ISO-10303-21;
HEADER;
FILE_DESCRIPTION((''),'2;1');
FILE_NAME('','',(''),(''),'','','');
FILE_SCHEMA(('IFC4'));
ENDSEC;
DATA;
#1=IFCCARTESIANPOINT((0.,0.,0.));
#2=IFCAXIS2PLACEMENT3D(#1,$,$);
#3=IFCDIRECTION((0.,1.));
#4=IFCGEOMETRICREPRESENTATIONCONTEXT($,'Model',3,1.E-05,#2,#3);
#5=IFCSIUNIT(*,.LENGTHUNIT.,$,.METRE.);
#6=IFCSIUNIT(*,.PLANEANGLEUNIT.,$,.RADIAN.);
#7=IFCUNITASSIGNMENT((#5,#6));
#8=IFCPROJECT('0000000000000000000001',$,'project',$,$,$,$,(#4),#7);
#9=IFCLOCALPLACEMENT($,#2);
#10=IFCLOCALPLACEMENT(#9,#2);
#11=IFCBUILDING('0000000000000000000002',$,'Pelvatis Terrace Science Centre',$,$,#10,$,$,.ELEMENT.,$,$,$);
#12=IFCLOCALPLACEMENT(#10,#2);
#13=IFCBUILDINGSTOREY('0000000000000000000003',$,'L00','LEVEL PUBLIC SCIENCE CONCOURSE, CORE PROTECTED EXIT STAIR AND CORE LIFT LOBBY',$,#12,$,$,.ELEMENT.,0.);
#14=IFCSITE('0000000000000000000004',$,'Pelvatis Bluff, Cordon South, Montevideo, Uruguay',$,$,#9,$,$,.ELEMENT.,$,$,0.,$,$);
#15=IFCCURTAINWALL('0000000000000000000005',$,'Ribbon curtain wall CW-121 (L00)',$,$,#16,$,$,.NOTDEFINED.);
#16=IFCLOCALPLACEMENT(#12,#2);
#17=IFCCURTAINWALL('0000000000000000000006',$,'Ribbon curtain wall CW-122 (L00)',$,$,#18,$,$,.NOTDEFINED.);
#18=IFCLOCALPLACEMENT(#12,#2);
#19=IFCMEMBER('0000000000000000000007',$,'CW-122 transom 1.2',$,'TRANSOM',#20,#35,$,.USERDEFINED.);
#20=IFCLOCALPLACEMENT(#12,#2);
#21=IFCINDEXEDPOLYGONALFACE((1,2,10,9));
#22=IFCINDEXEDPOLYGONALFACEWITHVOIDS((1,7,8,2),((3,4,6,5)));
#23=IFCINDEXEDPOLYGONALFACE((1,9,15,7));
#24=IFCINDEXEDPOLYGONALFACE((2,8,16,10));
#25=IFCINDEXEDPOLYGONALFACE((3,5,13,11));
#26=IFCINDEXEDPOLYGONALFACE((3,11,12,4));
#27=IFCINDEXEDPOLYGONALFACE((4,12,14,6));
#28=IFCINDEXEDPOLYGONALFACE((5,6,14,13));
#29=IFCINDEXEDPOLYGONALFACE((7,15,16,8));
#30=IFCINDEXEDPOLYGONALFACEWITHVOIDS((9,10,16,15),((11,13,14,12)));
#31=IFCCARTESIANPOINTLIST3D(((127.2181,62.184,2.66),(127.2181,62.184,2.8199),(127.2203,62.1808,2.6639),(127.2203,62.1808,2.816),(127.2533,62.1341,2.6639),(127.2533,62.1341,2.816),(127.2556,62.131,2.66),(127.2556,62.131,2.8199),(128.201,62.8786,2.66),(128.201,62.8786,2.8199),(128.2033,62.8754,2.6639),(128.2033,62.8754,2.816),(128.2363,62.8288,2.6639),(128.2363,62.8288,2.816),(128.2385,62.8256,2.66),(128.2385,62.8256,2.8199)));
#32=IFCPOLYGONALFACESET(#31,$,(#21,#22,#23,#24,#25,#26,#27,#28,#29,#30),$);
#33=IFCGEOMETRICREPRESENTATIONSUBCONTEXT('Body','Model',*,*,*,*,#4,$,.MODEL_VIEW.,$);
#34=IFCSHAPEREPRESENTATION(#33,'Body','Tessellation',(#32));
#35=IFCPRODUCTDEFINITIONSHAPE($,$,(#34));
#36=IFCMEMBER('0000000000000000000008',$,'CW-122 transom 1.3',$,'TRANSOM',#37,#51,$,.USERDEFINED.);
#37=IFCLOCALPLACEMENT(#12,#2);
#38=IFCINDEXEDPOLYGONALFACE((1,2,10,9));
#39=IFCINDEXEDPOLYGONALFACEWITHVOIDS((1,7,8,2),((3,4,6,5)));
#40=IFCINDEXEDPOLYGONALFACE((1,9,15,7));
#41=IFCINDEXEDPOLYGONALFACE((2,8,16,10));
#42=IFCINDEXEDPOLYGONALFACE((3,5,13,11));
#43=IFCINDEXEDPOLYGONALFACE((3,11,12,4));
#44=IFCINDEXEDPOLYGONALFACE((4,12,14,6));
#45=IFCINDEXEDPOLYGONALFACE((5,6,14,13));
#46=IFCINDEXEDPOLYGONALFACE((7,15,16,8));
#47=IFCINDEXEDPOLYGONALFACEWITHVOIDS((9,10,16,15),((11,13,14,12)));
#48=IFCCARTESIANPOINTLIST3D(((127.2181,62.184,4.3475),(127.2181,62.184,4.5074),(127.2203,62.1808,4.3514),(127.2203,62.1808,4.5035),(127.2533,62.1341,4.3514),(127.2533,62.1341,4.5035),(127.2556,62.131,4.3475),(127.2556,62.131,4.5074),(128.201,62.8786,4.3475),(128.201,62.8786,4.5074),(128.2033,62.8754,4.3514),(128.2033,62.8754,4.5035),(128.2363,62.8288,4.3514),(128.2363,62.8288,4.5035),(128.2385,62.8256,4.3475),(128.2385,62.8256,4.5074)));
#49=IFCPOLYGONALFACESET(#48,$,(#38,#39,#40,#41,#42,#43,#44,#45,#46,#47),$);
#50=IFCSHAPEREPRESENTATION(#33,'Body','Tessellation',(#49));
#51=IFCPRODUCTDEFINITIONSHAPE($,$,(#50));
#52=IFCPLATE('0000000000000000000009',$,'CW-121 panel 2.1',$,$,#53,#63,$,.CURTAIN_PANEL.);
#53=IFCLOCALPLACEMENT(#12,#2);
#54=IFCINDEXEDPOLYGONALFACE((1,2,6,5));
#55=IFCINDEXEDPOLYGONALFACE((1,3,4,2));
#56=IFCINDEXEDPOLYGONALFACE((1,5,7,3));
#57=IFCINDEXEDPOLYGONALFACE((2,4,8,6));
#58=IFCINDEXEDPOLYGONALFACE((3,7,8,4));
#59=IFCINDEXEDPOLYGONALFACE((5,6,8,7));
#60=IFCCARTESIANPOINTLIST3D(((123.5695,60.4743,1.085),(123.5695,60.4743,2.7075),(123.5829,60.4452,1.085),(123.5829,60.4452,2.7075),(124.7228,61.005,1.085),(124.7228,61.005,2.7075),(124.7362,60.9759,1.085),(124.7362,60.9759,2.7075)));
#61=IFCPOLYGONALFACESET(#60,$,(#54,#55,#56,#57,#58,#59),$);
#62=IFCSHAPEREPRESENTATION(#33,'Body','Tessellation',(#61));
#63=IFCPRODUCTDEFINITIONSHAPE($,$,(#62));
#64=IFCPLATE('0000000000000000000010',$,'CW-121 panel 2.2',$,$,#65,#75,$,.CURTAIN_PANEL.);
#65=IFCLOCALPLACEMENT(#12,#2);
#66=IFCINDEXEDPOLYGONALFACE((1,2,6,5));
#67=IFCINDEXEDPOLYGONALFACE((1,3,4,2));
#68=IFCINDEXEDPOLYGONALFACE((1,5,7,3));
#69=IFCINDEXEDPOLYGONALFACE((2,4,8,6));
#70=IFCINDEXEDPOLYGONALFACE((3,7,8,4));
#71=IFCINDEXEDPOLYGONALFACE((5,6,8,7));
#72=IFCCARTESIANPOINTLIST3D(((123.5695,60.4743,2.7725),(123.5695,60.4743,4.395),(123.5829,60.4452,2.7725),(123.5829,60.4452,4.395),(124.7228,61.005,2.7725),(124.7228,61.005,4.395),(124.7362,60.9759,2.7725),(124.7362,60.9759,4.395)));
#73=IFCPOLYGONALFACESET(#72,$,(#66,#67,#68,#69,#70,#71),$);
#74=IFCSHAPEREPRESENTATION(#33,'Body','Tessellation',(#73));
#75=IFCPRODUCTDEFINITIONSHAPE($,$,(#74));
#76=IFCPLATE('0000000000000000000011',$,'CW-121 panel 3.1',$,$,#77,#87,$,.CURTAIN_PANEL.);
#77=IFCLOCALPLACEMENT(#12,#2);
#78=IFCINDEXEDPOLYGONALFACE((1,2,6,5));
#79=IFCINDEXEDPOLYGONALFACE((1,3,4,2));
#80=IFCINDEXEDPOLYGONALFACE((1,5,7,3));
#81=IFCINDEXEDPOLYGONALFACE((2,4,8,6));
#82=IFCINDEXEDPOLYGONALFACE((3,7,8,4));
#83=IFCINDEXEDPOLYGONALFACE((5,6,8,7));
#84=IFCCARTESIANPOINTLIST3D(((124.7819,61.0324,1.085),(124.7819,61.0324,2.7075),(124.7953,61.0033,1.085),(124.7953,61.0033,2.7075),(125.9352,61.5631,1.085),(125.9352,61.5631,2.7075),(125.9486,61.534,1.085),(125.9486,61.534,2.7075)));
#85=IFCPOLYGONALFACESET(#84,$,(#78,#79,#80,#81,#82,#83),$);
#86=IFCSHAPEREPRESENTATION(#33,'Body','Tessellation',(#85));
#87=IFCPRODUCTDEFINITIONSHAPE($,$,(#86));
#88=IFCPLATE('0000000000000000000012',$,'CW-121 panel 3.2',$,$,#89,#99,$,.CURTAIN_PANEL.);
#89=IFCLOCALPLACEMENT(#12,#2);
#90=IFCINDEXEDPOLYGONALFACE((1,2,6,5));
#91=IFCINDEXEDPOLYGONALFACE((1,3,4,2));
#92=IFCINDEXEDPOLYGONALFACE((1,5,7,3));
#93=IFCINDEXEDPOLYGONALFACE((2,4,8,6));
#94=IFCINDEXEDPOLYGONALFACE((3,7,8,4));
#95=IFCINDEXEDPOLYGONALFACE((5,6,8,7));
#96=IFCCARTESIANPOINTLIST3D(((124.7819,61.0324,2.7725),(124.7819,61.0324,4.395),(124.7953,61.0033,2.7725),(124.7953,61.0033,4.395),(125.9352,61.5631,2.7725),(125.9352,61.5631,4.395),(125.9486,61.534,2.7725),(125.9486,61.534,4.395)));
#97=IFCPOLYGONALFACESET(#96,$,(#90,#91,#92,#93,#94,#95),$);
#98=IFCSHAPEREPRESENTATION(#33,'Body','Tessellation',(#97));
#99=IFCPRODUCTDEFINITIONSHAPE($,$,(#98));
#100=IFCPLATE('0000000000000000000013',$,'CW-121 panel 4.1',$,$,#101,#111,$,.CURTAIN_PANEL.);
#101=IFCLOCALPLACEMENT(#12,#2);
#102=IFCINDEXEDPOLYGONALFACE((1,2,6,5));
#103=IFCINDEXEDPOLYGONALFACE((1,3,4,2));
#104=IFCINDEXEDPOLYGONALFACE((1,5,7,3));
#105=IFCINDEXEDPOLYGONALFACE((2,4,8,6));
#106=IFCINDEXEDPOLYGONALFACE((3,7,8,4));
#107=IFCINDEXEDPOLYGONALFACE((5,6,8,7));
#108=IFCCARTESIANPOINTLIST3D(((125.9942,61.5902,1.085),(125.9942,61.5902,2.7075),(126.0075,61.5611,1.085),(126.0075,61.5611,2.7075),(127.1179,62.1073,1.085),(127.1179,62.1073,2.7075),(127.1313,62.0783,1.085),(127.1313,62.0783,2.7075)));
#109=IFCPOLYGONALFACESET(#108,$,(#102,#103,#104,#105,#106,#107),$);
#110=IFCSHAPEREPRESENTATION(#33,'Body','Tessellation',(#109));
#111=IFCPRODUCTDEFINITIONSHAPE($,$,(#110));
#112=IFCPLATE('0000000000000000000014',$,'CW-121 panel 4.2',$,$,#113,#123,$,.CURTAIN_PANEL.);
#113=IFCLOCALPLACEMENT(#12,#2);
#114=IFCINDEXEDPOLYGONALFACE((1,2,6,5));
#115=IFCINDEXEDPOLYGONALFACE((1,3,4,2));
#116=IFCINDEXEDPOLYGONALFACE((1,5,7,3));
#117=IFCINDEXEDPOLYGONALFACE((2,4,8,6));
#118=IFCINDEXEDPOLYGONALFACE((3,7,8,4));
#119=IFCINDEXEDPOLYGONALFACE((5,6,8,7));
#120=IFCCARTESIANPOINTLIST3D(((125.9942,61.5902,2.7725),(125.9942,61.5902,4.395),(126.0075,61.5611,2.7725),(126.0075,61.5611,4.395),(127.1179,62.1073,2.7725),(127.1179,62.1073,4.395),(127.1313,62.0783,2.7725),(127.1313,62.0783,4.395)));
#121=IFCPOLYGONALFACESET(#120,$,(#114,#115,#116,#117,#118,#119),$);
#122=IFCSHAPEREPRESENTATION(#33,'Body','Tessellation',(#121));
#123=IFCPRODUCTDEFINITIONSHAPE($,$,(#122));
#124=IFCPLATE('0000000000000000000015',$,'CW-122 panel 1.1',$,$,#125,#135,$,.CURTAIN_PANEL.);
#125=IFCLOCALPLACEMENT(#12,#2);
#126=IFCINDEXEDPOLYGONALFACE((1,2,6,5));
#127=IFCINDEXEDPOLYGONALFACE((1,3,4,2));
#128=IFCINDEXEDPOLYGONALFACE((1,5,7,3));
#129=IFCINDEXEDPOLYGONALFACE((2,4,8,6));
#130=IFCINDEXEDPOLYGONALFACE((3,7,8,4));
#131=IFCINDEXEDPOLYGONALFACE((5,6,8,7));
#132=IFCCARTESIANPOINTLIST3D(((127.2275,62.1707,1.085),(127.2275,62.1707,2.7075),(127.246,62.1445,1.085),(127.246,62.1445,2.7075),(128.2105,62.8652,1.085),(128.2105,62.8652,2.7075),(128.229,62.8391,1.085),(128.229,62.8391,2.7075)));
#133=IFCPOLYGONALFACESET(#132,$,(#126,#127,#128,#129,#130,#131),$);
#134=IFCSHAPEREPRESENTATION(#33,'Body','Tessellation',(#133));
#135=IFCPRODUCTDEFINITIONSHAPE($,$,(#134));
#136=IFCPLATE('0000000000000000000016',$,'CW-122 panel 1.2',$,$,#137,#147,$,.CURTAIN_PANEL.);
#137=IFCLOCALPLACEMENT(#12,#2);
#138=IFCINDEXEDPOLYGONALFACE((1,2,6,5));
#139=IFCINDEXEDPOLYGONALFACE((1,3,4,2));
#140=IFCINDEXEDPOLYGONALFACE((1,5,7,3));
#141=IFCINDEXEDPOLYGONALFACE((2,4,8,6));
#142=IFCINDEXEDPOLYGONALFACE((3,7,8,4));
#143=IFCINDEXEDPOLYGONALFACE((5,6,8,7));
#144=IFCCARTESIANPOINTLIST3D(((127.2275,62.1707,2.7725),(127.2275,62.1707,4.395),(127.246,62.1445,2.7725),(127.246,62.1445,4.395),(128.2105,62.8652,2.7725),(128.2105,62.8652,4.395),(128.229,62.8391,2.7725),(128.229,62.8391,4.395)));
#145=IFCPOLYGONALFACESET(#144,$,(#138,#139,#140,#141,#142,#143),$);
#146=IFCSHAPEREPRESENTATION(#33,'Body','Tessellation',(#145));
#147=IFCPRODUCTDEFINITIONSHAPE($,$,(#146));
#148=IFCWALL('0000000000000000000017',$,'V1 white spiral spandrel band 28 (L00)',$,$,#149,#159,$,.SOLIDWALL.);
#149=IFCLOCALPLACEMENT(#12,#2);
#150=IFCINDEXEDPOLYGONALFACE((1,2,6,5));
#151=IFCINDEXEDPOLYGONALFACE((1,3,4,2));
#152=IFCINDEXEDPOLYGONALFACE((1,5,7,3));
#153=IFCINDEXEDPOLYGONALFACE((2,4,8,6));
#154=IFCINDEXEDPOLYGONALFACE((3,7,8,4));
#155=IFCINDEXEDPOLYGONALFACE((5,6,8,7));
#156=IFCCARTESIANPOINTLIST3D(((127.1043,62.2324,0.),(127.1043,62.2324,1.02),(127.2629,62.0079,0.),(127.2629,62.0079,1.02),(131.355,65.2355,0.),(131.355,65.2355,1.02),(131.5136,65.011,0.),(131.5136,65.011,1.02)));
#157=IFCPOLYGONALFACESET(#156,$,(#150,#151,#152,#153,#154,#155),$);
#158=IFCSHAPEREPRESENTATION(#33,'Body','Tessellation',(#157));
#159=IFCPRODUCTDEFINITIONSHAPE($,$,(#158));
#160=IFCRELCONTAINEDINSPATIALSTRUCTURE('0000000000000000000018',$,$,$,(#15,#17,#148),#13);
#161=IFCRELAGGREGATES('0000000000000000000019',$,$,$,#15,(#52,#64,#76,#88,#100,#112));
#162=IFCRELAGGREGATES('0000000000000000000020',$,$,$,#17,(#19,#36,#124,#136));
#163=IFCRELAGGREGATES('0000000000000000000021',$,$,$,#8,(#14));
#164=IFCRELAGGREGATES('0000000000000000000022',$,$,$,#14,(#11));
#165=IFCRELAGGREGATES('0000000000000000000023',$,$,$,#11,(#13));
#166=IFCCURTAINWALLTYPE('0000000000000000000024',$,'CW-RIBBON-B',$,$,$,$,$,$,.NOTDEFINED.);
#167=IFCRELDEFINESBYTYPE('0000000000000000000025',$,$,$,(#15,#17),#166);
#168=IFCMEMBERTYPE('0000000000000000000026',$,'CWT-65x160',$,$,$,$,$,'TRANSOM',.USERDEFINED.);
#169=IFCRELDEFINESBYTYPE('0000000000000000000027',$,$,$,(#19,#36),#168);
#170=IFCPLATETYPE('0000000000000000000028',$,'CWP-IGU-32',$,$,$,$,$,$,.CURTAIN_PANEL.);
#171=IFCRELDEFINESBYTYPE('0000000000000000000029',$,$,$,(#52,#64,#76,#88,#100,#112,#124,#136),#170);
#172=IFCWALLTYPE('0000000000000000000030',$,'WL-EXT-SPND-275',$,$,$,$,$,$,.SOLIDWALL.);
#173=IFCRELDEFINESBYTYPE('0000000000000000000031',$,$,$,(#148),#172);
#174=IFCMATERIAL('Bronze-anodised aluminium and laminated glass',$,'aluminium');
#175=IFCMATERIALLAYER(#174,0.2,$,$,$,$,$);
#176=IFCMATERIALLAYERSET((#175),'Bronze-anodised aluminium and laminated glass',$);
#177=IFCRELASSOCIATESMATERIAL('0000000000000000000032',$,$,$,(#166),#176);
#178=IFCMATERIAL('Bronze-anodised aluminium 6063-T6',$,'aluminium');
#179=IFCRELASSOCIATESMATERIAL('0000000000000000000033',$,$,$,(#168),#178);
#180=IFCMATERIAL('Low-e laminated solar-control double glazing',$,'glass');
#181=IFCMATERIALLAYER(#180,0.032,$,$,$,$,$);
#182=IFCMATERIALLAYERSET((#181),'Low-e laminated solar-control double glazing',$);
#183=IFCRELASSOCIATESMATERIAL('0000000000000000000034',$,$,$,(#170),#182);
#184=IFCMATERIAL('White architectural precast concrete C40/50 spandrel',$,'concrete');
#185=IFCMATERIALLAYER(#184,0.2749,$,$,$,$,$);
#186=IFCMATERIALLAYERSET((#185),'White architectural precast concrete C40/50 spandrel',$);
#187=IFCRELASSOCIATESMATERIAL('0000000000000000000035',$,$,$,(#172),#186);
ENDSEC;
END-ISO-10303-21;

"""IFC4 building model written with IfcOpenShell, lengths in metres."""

from ifc_helpers import new_model, si_unit, direction, frame, frame_2d, origin, origin_2d, place, context, subcontext, project, spatial, rectangle, hollow_rectangle, extrude, material, layer, layer_set, material_profile, profile_set, type_object, element, aggregate, save


model = new_model("IFC4")

# Units and contexts
model_context = context("Model", 3, precision=1e-05, world=origin(), true_north=direction((0.0, 1.0)))
body_context = subcontext(model_context, "Body", "Model", "MODEL_VIEW")
ifc_project = project(units=[si_unit("LENGTHUNIT", "METRE"), si_unit("PLANEANGLEUNIT", "RADIAN")], contexts=[model_context])

# Site, building, storey
site_placement = place(None, origin())
site = spatial("IfcSite", under=ifc_project, at=site_placement, Name="Pelvatis Bluff, Cordon South, Montevideo, Uruguay", CompositionType="ELEMENT", RefElevation=0.0)
building_placement = place(site_placement, origin())
building = spatial("IfcBuilding", under=site, at=building_placement, Name="Pelvatis Terrace Science Centre", CompositionType="ELEMENT")
storey_placement = place(building_placement, origin())
storey = spatial("IfcBuildingStorey", under=building, at=storey_placement, Name="L00", Description="LEVEL PUBLIC SCIENCE CONCOURSE, CORE PROTECTED EXIT STAIR AND CORE LIFT LOBBY", CompositionType="ELEMENT", Elevation=0.0)

# Curtain wall
ifc_material_1 = material(Name="Bronze-anodised aluminium and laminated glass", Category="aluminium")
ifc_layer_1 = layer(ifc_material_1, 0.2)
ifc_layer_set_1 = layer_set([ifc_layer_1], Name="Bronze-anodised aluminium and laminated glass")
curtain_wall_type = type_object("IfcCurtainWallType", Name="CW-RIBBON-B", PredefinedType="NOTDEFINED", material=ifc_layer_set_1)
curtain_wall_1_placement = place(storey_placement, origin())
curtain_wall_1 = element("IfcCurtainWall", 1, at=curtain_wall_1_placement, inside=storey, type_object=curtain_wall_type, Name="Ribbon curtain wall CW-121 (L00)", PredefinedType="NOTDEFINED")

# Curtain wall
curtain_wall_2_placement = place(storey_placement, origin())
curtain_wall_2 = element("IfcCurtainWall", 2, at=curtain_wall_2_placement, inside=storey, type_object=curtain_wall_type, Name="Ribbon curtain wall CW-122 (L00)", PredefinedType="NOTDEFINED")

# Members
ifc_material_2 = material(Name="Bronze-anodised aluminium 6063-T6", Category="aluminium")
ifc_material_profile_1 = material_profile(ifc_material_2, hollow_rectangle(XDim=0.0649, YDim=0.1599, WallThickness=0.0039, at=origin_2d()), Name="ALU-TRN 65x160")
ifc_profile_set_1 = profile_set([ifc_material_profile_1], Name="Bronze-anodised aluminium 6063-T6")
member_type_1 = type_object("IfcMemberType", Name="CWT-65x160", ElementType="TRANSOM", PredefinedType="USERDEFINED", material=ifc_profile_set_1)
member_1_placement = place(storey_placement, frame((127.2368, 62.1575, 2.74), z_axis=(0.81667, 0.577105, 0.0), x_axis=(-0.577105, 0.81667, 0.0)))
member_1 = element("IfcMember", 3, at=member_1_placement, type_object=member_type_1, Name="CW-122 transom 1.2", ObjectType="TRANSOM", PredefinedType="USERDEFINED", context=body_context, shape_type="SweptSolid", body=[
    extrude(hollow_rectangle(XDim=0.0649, YDim=0.1599, WallThickness=0.0039, at=origin_2d()), origin(), (0.0, 0.0, 1.0), 1.2036),
])
member_2_placement = place(storey_placement, frame((127.2368, 62.1575, 4.4275), z_axis=(0.81667, 0.577105, 0.0), x_axis=(-0.577105, 0.81667, 0.0)))
member_2 = element("IfcMember", 4, at=member_2_placement, type_object=member_type_1, Name="CW-122 transom 1.3", ObjectType="TRANSOM", PredefinedType="USERDEFINED", context=body_context, shape_type="SweptSolid", body=[
    extrude(hollow_rectangle(XDim=0.0649, YDim=0.1599, WallThickness=0.0039, at=origin_2d()), origin(), (0.0, 0.0, 1.0), 1.2036),
])

# Plates
ifc_material_3 = material(Name="Low-e laminated solar-control double glazing", Category="glass")
ifc_layer_2 = layer(ifc_material_3, 0.032)
ifc_layer_set_2 = layer_set([ifc_layer_2], Name="Low-e laminated solar-control double glazing")
plate_type = type_object("IfcPlateType", Name="CWP-IGU-32", PredefinedType="CURTAIN_PANEL", material=ifc_layer_set_2)
plate_1_placement = place(storey_placement, frame((124.1528, 60.7251, 1.085), z_axis=(0.0, 0.0, 1.0), x_axis=(0.908421, 0.418057, 0.0)))
plate_1 = element("IfcPlate", 5, at=plate_1_placement, type_object=plate_type, Name="CW-121 panel 2.1", PredefinedType="CURTAIN_PANEL", context=body_context, shape_type="SweptSolid", body=[
    extrude(rectangle(XDim=1.2695, YDim=0.032, at=origin_2d()), origin(), (0.0, 0.0, 1.0), 1.6226),
])
plate_2_placement = place(storey_placement, frame((124.1528, 60.7251, 2.7725), z_axis=(0.0, 0.0, 1.0), x_axis=(0.908421, 0.418057, 0.0)))
plate_2 = element("IfcPlate", 6, at=plate_2_placement, type_object=plate_type, Name="CW-121 panel 2.2", PredefinedType="CURTAIN_PANEL", context=body_context, shape_type="SweptSolid", body=[
    extrude(rectangle(XDim=1.2695, YDim=0.032, at=origin_2d()), origin(), (0.0, 0.0, 1.0), 1.6226),
])
plate_3_placement = place(storey_placement, frame((125.3652, 61.2832, 1.085), z_axis=(0.0, 0.0, 1.0), x_axis=(0.908421, 0.418057, 0.0)))
plate_3 = element("IfcPlate", 7, at=plate_3_placement, type_object=plate_type, Name="CW-121 panel 3.1", PredefinedType="CURTAIN_PANEL", context=body_context, shape_type="SweptSolid", body=[
    extrude(rectangle(XDim=1.2695, YDim=0.032, at=origin_2d()), origin(), (0.0, 0.0, 1.0), 1.6226),
])
plate_4_placement = place(storey_placement, frame((125.3652, 61.2832, 2.7725), z_axis=(0.0, 0.0, 1.0), x_axis=(0.908421, 0.418057, 0.0)))
plate_4 = element("IfcPlate", 8, at=plate_4_placement, type_object=plate_type, Name="CW-121 panel 3.2", PredefinedType="CURTAIN_PANEL", context=body_context, shape_type="SweptSolid", body=[
    extrude(rectangle(XDim=1.2695, YDim=0.032, at=origin_2d()), origin(), (0.0, 0.0, 1.0), 1.6226),
])
plate_5_placement = place(storey_placement, frame((126.5627, 61.8342, 1.085), z_axis=(0.0, 0.0, 1.0), x_axis=(0.908421, 0.418057, 0.0)))
plate_5 = element("IfcPlate", 9, at=plate_5_placement, type_object=plate_type, Name="CW-121 panel 4.1", PredefinedType="CURTAIN_PANEL", context=body_context, shape_type="SweptSolid", body=[
    extrude(rectangle(XDim=1.2371, YDim=0.032, at=origin_2d()), origin(), (0.0, 0.0, 1.0), 1.6226),
])
plate_6_placement = place(storey_placement, frame((126.5627, 61.8342, 2.7725), z_axis=(0.0, 0.0, 1.0), x_axis=(0.908421, 0.418057, 0.0)))
plate_6 = element("IfcPlate", 10, at=plate_6_placement, type_object=plate_type, Name="CW-121 panel 4.2", PredefinedType="CURTAIN_PANEL", context=body_context, shape_type="SweptSolid", body=[
    extrude(rectangle(XDim=1.2371, YDim=0.032, at=origin_2d()), origin(), (0.0, 0.0, 1.0), 1.6226),
])
aggregate(curtain_wall_1, [plate_1, plate_2, plate_3, plate_4, plate_5, plate_6])
plate_7_placement = place(storey_placement, frame((127.7283, 62.5049, 1.085), z_axis=(0.0, 0.0, 1.0), x_axis=(0.816698, 0.577065, 0.0)))
plate_7 = element("IfcPlate", 11, at=plate_7_placement, type_object=plate_type, Name="CW-122 panel 1.1", PredefinedType="CURTAIN_PANEL", context=body_context, shape_type="SweptSolid", body=[
    extrude(rectangle(XDim=1.2036, YDim=0.032, at=origin_2d()), origin(), (0.0, 0.0, 1.0), 1.6226),
])
plate_8_placement = place(storey_placement, frame((127.7283, 62.5049, 2.7725), z_axis=(0.0, 0.0, 1.0), x_axis=(0.816698, 0.577065, 0.0)))
plate_8 = element("IfcPlate", 12, at=plate_8_placement, type_object=plate_type, Name="CW-122 panel 1.2", PredefinedType="CURTAIN_PANEL", context=body_context, shape_type="SweptSolid", body=[
    extrude(rectangle(XDim=1.2036, YDim=0.032, at=origin_2d()), origin(), (0.0, 0.0, 1.0), 1.6226),
])
aggregate(curtain_wall_2, [member_1, member_2, plate_7, plate_8])

# Wall
ifc_material_4 = material(Name="White architectural precast concrete C40/50 spandrel", Category="concrete")
ifc_layer_3 = layer(ifc_material_4, 0.2749)
ifc_layer_set_3 = layer_set([ifc_layer_3], Name="White architectural precast concrete C40/50 spandrel")
wall_type = type_object("IfcWallType", Name="WL-EXT-SPND-275", PredefinedType="SOLIDWALL", material=ifc_layer_set_3)
wall_placement = place(storey_placement, frame((127.1836, 62.1201, 0.0), z_axis=(0.0, 0.0, 1.0), x_axis=(0.816727, 0.577024, 0.0)))
element("IfcWall", 13, at=wall_placement, inside=storey, type_object=wall_type, Name="V1 white spiral spandrel band 28 (L00)", PredefinedType="SOLIDWALL", context=body_context, shape_type="SweptSolid", body=[
    extrude(rectangle(XDim=5.2046, YDim=0.2749, at=frame_2d((2.6023, 0.0))), origin(), (0.0, 0.0, 1.0), 1.02),
])

save(model, "model.ifc")
